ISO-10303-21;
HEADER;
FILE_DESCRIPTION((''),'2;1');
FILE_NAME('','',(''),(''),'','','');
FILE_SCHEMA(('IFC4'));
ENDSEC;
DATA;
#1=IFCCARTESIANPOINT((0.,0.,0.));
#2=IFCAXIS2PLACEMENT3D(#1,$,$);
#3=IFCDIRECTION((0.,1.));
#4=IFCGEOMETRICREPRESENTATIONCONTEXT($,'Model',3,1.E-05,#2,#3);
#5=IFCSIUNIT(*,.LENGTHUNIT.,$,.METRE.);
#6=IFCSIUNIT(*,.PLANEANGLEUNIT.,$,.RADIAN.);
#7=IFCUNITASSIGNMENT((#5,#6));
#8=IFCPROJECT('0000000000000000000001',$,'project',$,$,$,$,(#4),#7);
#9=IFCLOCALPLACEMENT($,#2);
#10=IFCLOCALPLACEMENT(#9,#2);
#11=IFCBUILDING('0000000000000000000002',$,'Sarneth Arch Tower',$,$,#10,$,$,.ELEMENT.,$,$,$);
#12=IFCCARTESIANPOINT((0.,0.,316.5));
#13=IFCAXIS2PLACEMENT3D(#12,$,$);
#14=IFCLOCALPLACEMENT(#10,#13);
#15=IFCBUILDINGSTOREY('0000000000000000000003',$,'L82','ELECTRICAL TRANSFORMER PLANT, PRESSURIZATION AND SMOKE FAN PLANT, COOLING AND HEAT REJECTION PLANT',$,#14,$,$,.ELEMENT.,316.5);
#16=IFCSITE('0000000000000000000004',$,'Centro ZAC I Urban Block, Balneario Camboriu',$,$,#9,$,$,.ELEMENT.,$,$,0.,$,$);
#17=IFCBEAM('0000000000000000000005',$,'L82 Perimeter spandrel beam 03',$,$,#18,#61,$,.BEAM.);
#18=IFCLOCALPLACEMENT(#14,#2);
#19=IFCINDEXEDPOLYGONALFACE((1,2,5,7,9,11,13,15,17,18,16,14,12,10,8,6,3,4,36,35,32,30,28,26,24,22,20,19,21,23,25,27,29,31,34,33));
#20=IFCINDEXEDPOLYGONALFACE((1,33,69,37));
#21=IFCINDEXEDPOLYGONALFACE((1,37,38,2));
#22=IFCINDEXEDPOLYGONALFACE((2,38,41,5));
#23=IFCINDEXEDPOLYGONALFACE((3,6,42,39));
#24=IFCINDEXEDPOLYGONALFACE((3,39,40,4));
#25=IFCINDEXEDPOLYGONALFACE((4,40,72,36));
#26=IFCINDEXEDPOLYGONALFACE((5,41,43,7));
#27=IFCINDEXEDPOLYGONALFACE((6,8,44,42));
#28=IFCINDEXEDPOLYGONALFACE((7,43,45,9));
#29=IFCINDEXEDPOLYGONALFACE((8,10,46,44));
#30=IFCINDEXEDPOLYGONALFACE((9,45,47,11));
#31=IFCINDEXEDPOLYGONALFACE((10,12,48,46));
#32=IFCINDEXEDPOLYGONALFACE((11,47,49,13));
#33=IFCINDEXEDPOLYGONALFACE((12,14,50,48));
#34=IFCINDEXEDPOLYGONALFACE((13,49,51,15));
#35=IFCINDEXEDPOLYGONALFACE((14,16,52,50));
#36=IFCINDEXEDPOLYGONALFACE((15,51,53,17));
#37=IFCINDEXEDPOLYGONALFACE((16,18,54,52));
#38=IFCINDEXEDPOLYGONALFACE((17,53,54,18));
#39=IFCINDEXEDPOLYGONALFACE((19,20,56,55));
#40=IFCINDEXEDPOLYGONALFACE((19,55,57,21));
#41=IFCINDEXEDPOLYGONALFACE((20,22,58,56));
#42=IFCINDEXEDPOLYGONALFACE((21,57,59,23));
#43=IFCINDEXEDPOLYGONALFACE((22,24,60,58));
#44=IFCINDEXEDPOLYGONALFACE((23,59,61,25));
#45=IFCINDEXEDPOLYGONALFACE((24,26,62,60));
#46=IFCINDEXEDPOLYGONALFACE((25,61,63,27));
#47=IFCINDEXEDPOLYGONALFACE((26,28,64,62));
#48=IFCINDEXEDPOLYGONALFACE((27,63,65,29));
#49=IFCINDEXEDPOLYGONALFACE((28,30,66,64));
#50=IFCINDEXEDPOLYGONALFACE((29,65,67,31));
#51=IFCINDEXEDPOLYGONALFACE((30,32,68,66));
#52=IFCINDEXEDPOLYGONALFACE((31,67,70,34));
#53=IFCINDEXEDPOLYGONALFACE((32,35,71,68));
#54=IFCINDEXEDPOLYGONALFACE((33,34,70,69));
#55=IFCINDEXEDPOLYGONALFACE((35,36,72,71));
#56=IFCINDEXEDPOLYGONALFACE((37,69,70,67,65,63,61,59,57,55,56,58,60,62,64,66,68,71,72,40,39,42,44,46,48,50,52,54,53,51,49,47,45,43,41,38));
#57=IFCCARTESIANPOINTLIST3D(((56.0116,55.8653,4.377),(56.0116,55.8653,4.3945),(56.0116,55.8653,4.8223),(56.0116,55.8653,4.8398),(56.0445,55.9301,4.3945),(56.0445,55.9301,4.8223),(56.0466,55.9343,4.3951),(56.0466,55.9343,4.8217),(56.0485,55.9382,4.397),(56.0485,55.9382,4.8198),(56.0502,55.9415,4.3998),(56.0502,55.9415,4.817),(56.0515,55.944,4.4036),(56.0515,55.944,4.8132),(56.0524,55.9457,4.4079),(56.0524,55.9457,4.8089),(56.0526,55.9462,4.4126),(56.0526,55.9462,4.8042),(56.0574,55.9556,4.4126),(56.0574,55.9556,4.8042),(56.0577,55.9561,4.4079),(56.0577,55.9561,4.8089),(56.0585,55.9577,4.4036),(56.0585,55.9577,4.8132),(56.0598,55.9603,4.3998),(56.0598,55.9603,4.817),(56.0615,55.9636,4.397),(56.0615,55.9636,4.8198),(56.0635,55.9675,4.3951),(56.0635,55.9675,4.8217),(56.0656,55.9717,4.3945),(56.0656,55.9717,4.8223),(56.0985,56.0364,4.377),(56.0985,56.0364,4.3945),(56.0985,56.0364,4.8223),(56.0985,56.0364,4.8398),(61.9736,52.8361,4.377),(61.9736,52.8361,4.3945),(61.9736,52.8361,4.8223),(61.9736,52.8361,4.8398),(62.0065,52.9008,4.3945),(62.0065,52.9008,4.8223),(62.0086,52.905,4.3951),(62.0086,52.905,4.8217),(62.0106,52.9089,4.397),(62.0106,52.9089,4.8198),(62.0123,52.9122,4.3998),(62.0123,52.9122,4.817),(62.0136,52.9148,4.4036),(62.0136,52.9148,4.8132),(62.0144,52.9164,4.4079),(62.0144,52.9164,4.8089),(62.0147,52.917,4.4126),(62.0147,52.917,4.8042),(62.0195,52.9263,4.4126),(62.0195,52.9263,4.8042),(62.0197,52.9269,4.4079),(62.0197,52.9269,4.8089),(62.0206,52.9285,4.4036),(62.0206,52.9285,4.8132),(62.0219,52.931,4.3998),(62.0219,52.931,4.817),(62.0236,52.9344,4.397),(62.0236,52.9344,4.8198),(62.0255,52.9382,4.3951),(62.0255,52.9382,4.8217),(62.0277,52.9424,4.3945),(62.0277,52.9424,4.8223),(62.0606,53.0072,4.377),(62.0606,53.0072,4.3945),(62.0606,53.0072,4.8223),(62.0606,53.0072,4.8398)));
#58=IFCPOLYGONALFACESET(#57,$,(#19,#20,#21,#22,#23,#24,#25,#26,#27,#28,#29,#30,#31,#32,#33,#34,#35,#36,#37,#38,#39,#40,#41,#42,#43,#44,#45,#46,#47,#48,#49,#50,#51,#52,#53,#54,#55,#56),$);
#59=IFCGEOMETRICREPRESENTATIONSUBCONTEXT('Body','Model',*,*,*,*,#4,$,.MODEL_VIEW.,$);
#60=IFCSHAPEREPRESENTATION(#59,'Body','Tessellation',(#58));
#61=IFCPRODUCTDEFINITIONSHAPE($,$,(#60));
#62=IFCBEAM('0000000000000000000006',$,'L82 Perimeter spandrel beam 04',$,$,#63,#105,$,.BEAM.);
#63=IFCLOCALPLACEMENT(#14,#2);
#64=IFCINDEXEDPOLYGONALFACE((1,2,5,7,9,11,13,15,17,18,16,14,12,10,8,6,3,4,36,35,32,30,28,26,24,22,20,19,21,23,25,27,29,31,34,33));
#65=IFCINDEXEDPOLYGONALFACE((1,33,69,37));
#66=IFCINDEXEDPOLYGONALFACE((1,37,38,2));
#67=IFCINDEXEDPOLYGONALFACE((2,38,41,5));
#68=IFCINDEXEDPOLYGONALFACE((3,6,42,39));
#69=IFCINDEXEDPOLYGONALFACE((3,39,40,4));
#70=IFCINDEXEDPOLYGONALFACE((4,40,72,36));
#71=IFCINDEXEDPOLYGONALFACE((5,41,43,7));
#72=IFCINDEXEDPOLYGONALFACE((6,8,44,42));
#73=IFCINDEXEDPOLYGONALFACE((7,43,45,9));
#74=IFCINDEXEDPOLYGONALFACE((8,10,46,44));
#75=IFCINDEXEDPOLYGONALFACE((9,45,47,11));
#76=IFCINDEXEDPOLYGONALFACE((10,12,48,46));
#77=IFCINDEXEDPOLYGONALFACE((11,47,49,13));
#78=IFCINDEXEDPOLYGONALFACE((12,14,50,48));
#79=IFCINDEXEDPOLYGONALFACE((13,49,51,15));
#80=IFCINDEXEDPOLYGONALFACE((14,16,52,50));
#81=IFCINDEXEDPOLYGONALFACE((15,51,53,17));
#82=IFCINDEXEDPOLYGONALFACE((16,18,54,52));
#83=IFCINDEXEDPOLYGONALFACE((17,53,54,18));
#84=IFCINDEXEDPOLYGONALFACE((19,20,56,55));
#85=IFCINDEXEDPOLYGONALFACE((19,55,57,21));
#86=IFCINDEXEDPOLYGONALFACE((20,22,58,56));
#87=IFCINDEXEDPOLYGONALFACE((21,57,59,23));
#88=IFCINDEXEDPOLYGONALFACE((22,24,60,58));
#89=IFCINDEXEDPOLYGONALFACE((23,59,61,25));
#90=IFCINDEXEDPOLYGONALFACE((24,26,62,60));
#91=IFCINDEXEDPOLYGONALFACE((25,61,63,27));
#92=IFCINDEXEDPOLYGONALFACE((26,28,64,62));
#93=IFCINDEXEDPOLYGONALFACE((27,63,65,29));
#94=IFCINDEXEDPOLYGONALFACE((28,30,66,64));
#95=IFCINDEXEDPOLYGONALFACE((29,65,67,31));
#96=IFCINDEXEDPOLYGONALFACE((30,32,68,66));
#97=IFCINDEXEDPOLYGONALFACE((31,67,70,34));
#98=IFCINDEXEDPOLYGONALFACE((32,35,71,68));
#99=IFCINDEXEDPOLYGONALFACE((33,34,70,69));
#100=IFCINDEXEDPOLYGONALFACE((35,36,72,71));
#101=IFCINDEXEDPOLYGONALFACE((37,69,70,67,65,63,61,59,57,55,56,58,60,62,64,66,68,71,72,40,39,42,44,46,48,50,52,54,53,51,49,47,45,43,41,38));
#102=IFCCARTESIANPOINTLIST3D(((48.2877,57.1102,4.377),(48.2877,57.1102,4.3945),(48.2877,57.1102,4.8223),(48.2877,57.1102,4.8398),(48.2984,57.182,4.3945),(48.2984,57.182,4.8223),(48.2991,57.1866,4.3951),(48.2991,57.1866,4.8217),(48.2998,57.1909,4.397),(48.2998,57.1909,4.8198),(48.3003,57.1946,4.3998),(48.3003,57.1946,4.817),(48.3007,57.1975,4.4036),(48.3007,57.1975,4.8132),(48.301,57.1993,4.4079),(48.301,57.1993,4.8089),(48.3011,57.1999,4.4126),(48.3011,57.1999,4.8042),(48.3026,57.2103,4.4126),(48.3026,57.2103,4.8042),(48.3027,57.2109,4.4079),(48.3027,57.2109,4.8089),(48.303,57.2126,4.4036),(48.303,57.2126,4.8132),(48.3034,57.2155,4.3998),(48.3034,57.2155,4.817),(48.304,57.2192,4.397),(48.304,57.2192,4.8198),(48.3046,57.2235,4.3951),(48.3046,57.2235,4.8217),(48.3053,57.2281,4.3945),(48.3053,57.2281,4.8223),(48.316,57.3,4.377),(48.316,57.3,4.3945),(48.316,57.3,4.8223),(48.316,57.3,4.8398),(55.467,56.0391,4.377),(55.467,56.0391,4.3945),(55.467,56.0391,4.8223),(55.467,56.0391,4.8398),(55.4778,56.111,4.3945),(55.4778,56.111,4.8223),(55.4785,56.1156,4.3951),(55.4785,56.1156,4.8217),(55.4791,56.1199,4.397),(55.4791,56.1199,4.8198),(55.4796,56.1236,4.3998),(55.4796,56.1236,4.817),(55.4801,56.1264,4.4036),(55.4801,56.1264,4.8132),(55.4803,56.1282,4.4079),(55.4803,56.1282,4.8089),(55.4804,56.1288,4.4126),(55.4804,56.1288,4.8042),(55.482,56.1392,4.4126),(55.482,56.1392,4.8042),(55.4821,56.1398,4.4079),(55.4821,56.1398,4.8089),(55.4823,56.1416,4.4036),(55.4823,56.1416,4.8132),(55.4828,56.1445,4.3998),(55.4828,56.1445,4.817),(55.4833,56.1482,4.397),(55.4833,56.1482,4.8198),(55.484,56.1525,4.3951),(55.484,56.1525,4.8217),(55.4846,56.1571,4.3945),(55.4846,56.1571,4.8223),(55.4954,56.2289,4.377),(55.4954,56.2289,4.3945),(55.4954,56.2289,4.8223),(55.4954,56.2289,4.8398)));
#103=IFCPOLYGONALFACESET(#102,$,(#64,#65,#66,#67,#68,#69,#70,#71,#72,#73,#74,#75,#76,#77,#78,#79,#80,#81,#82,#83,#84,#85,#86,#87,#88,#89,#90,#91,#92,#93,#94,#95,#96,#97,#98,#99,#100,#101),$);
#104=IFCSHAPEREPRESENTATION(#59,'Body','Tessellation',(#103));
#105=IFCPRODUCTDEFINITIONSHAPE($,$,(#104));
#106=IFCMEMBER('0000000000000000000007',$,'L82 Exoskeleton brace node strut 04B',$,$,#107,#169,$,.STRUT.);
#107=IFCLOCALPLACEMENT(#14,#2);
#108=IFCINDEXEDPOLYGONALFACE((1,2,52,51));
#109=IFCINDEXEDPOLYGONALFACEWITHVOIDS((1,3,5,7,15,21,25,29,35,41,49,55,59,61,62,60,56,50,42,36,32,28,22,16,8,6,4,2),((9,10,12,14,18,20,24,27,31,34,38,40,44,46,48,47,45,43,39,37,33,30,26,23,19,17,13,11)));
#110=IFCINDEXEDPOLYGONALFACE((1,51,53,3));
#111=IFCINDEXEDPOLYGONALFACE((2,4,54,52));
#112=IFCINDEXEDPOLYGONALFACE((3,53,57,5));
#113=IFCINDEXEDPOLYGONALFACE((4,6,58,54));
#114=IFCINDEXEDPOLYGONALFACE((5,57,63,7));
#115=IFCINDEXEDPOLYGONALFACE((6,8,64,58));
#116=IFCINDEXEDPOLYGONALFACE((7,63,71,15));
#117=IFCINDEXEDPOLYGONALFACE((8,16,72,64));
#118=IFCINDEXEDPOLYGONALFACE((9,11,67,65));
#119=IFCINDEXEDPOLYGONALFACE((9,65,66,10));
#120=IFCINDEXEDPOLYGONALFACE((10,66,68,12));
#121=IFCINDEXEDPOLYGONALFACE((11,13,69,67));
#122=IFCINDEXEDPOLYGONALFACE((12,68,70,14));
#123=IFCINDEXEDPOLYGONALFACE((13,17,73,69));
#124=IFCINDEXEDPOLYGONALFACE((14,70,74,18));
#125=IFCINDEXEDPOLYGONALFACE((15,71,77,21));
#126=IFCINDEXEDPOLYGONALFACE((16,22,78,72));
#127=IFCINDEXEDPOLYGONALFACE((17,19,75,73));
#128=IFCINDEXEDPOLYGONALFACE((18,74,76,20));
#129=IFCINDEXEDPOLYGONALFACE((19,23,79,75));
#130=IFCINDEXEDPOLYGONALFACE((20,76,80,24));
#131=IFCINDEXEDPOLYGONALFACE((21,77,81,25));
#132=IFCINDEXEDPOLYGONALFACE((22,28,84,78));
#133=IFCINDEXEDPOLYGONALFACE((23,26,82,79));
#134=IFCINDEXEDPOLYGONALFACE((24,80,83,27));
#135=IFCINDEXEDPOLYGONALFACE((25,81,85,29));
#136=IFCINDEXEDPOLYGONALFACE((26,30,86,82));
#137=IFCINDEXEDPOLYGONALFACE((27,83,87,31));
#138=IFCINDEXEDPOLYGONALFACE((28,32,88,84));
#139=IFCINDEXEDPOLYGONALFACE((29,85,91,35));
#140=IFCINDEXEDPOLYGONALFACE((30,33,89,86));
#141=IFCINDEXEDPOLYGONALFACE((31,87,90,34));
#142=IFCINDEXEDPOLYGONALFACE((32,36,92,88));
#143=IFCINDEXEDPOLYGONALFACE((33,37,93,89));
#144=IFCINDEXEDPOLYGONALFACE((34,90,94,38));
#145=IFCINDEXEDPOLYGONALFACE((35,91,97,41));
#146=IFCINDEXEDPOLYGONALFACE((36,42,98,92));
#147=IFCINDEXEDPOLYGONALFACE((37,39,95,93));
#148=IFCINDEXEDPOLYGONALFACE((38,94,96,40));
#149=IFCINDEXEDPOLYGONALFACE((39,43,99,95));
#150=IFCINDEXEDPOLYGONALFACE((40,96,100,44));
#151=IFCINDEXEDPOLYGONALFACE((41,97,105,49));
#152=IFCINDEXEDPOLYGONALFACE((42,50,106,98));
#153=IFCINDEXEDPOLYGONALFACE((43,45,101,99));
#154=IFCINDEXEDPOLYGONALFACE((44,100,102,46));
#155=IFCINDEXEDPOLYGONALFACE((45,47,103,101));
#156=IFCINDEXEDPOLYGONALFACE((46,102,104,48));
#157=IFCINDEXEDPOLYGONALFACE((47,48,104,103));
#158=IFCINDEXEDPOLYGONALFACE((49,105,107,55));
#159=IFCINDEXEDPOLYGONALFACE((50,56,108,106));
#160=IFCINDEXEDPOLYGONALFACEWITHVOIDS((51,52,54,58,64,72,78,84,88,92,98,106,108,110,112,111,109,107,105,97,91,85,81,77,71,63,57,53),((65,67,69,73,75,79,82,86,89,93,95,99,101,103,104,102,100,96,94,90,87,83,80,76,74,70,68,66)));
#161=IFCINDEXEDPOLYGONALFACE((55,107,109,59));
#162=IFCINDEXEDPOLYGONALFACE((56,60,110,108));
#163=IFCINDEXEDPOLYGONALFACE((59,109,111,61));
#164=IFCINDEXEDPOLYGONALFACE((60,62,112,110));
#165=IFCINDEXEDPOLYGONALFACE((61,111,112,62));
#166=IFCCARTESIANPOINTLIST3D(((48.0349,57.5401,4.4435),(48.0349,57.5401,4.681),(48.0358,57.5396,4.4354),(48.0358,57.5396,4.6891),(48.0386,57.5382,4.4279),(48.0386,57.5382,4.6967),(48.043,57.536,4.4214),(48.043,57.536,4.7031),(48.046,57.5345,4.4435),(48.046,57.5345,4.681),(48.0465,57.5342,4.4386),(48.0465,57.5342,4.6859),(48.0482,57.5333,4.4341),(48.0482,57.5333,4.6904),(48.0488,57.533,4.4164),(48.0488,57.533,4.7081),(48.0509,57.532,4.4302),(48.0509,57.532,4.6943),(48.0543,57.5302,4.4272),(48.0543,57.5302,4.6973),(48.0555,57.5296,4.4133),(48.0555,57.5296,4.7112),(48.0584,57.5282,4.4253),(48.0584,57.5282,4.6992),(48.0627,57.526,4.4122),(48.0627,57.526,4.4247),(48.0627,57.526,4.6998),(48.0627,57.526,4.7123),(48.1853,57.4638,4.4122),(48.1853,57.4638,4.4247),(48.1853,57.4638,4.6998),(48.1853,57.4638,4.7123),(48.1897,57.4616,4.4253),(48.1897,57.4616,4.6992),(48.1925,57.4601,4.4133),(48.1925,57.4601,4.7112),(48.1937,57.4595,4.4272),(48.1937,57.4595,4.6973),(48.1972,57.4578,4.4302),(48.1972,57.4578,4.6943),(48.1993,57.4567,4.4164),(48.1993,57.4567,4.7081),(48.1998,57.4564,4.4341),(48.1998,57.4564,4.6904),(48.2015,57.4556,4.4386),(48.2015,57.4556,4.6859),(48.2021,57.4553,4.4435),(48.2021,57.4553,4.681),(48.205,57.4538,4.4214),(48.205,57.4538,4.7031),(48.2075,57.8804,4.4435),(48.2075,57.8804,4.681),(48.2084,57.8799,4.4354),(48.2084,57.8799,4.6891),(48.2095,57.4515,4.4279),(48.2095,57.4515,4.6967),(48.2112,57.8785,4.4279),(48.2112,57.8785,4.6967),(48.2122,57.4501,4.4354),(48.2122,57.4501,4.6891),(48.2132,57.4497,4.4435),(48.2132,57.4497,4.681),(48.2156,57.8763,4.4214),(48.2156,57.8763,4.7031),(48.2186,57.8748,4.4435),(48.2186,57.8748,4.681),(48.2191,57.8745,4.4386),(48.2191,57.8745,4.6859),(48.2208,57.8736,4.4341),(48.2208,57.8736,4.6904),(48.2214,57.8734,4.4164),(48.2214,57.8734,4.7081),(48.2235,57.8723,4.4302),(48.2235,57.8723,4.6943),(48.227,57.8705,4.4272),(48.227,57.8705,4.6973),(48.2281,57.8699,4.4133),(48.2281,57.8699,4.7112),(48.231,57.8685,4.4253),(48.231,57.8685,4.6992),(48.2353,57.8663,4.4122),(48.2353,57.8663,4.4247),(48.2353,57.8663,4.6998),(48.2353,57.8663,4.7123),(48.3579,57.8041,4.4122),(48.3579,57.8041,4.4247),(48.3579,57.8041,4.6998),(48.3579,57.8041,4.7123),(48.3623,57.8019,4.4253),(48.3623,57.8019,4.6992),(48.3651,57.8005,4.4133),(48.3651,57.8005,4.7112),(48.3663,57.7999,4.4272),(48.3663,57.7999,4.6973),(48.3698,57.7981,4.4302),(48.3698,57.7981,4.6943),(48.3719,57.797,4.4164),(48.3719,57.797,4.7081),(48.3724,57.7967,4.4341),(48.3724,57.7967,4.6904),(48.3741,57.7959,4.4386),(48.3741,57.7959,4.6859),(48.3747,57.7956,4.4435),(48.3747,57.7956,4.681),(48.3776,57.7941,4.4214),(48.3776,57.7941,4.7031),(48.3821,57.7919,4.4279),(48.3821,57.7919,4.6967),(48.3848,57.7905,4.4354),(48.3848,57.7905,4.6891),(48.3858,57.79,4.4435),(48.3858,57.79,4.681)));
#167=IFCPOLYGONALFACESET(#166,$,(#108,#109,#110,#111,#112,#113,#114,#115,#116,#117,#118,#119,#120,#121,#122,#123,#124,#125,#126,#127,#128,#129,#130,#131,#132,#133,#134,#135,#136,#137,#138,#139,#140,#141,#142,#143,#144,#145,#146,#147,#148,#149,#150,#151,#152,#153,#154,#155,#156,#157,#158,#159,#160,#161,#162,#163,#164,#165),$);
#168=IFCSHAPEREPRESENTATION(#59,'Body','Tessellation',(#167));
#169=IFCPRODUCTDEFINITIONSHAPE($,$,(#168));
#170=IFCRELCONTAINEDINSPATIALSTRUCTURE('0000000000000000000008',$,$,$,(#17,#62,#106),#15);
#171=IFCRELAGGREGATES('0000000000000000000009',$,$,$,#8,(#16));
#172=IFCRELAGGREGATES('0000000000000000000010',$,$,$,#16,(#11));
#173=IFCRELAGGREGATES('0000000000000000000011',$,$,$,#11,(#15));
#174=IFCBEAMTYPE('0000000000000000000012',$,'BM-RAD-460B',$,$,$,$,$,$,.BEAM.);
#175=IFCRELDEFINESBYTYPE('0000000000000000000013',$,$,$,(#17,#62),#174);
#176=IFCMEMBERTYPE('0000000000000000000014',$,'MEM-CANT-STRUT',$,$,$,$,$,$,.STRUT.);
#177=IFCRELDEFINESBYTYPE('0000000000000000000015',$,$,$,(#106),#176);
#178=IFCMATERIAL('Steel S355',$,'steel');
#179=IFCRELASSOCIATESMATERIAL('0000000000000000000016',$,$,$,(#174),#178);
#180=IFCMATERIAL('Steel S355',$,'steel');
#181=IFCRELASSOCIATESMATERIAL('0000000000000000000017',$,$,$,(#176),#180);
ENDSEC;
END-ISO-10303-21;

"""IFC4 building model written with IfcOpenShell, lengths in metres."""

from ifc_helpers import new_model, si_unit, direction, frame, origin, origin_2d, place, context, subcontext, project, spatial, hollow_rectangle, i_section, extrude, material, material_profile, profile_set, type_object, element, save


model = new_model("IFC4")

# Units and contexts
model_context = context("Model", 3, precision=1e-05, world=origin(), true_north=direction((0.0, 1.0)))
body_context = subcontext(model_context, "Body", "Model", "MODEL_VIEW")
ifc_project = project(units=[si_unit("LENGTHUNIT", "METRE"), si_unit("PLANEANGLEUNIT", "RADIAN")], contexts=[model_context])

# Site, building, storey
site_placement = place(None, origin())
site = spatial("IfcSite", under=ifc_project, at=site_placement, Name="Centro ZAC I Urban Block, Balneario Camboriu", CompositionType="ELEMENT", RefElevation=0.0)
building_placement = place(site_placement, origin())
building = spatial("IfcBuilding", under=site, at=building_placement, Name="Sarneth Arch Tower", CompositionType="ELEMENT")
storey_placement = place(building_placement, frame((0.0, 0.0, 316.5)))
storey = spatial("IfcBuildingStorey", under=building, at=storey_placement, Name="L82", Description="ELECTRICAL TRANSFORMER PLANT, PRESSURIZATION AND SMOKE FAN PLANT, COOLING AND HEAT REJECTION PLANT", CompositionType="ELEMENT", Elevation=316.5)

# Beams
ifc_material_1 = material(Name="Steel S355", Category="steel")
ifc_material_profile_1 = material_profile(ifc_material_1, i_section(OverallWidth=0.1919, OverallDepth=0.4629, WebThickness=0.0105, FlangeThickness=0.0176, FilletRadius=0.0181, at=origin_2d()), Name="W460x89")
ifc_profile_set_1 = profile_set([ifc_material_profile_1], Name="Steel S355")
beam_type_1 = type_object("IfcBeamType", Name="BM-RAD-460B", PredefinedType="BEAM", material=ifc_profile_set_1)
beam_1_placement = place(storey_placement, frame((62.0171, 52.9216, 4.6084), z_axis=(-0.891525, 0.452972, 0.0), x_axis=(-0.452972, -0.891525, 0.0)))
element("IfcBeam", 1, at=beam_1_placement, inside=storey, type_object=beam_type_1, Name="L82 Perimeter spandrel beam 03", PredefinedType="BEAM", context=body_context, shape_type="SweptSolid", body=[
    extrude(i_section(OverallWidth=0.1919, OverallDepth=0.4629, WebThickness=0.0105, FlangeThickness=0.0176, FilletRadius=0.0181, at=origin_2d()), origin(), (0.0, 0.0, 1.0), 6.6875),
])
beam_2_placement = place(storey_placement, frame((55.4812, 56.134, 4.6084), z_axis=(-0.989055, 0.147549, 0.0), x_axis=(-0.147549, -0.989055, 0.0)))
element("IfcBeam", 2, at=beam_2_placement, inside=storey, type_object=beam_type_1, Name="L82 Perimeter spandrel beam 04", PredefinedType="BEAM", context=body_context, shape_type="SweptSolid", body=[
    extrude(i_section(OverallWidth=0.1919, OverallDepth=0.4629, WebThickness=0.0105, FlangeThickness=0.0176, FilletRadius=0.0181, at=origin_2d()), origin(), (0.0, 0.0, 1.0), 7.2588),
])

# Member
ifc_material_2 = material(Name="Steel S355", Category="steel")
ifc_material_profile_2 = material_profile(ifc_material_2, hollow_rectangle(XDim=0.2, YDim=0.3, WallThickness=0.0125, InnerFilletRadius=0.0188, OuterFilletRadius=0.0312, at=origin_2d()), Name="RHS300x200x12.5")
ifc_profile_set_2 = profile_set([ifc_material_profile_2], Name="Steel S355")
member_type_1 = type_object("IfcMemberType", Name="MEM-CANT-STRUT", PredefinedType="STRUT", material=ifc_profile_set_2)
member_1_placement = place(storey_placement, frame((48.124, 57.4949, 4.5623), z_axis=(0.452325, 0.891853, 0.0), x_axis=(-0.891853, 0.452325, 0.0)))
element("IfcMember", 3, at=member_1_placement, inside=storey, type_object=member_type_1, Name="L82 Exoskeleton brace node strut 04B", PredefinedType="STRUT", context=body_context, shape_type="SweptSolid", body=[
    extrude(hollow_rectangle(XDim=0.2, YDim=0.3, WallThickness=0.0125, InnerFilletRadius=0.0188, OuterFilletRadius=0.0312, at=origin_2d()), origin(), (0.0, 0.0, 1.0), 0.3816),
])

save(model, "model.ifc")
